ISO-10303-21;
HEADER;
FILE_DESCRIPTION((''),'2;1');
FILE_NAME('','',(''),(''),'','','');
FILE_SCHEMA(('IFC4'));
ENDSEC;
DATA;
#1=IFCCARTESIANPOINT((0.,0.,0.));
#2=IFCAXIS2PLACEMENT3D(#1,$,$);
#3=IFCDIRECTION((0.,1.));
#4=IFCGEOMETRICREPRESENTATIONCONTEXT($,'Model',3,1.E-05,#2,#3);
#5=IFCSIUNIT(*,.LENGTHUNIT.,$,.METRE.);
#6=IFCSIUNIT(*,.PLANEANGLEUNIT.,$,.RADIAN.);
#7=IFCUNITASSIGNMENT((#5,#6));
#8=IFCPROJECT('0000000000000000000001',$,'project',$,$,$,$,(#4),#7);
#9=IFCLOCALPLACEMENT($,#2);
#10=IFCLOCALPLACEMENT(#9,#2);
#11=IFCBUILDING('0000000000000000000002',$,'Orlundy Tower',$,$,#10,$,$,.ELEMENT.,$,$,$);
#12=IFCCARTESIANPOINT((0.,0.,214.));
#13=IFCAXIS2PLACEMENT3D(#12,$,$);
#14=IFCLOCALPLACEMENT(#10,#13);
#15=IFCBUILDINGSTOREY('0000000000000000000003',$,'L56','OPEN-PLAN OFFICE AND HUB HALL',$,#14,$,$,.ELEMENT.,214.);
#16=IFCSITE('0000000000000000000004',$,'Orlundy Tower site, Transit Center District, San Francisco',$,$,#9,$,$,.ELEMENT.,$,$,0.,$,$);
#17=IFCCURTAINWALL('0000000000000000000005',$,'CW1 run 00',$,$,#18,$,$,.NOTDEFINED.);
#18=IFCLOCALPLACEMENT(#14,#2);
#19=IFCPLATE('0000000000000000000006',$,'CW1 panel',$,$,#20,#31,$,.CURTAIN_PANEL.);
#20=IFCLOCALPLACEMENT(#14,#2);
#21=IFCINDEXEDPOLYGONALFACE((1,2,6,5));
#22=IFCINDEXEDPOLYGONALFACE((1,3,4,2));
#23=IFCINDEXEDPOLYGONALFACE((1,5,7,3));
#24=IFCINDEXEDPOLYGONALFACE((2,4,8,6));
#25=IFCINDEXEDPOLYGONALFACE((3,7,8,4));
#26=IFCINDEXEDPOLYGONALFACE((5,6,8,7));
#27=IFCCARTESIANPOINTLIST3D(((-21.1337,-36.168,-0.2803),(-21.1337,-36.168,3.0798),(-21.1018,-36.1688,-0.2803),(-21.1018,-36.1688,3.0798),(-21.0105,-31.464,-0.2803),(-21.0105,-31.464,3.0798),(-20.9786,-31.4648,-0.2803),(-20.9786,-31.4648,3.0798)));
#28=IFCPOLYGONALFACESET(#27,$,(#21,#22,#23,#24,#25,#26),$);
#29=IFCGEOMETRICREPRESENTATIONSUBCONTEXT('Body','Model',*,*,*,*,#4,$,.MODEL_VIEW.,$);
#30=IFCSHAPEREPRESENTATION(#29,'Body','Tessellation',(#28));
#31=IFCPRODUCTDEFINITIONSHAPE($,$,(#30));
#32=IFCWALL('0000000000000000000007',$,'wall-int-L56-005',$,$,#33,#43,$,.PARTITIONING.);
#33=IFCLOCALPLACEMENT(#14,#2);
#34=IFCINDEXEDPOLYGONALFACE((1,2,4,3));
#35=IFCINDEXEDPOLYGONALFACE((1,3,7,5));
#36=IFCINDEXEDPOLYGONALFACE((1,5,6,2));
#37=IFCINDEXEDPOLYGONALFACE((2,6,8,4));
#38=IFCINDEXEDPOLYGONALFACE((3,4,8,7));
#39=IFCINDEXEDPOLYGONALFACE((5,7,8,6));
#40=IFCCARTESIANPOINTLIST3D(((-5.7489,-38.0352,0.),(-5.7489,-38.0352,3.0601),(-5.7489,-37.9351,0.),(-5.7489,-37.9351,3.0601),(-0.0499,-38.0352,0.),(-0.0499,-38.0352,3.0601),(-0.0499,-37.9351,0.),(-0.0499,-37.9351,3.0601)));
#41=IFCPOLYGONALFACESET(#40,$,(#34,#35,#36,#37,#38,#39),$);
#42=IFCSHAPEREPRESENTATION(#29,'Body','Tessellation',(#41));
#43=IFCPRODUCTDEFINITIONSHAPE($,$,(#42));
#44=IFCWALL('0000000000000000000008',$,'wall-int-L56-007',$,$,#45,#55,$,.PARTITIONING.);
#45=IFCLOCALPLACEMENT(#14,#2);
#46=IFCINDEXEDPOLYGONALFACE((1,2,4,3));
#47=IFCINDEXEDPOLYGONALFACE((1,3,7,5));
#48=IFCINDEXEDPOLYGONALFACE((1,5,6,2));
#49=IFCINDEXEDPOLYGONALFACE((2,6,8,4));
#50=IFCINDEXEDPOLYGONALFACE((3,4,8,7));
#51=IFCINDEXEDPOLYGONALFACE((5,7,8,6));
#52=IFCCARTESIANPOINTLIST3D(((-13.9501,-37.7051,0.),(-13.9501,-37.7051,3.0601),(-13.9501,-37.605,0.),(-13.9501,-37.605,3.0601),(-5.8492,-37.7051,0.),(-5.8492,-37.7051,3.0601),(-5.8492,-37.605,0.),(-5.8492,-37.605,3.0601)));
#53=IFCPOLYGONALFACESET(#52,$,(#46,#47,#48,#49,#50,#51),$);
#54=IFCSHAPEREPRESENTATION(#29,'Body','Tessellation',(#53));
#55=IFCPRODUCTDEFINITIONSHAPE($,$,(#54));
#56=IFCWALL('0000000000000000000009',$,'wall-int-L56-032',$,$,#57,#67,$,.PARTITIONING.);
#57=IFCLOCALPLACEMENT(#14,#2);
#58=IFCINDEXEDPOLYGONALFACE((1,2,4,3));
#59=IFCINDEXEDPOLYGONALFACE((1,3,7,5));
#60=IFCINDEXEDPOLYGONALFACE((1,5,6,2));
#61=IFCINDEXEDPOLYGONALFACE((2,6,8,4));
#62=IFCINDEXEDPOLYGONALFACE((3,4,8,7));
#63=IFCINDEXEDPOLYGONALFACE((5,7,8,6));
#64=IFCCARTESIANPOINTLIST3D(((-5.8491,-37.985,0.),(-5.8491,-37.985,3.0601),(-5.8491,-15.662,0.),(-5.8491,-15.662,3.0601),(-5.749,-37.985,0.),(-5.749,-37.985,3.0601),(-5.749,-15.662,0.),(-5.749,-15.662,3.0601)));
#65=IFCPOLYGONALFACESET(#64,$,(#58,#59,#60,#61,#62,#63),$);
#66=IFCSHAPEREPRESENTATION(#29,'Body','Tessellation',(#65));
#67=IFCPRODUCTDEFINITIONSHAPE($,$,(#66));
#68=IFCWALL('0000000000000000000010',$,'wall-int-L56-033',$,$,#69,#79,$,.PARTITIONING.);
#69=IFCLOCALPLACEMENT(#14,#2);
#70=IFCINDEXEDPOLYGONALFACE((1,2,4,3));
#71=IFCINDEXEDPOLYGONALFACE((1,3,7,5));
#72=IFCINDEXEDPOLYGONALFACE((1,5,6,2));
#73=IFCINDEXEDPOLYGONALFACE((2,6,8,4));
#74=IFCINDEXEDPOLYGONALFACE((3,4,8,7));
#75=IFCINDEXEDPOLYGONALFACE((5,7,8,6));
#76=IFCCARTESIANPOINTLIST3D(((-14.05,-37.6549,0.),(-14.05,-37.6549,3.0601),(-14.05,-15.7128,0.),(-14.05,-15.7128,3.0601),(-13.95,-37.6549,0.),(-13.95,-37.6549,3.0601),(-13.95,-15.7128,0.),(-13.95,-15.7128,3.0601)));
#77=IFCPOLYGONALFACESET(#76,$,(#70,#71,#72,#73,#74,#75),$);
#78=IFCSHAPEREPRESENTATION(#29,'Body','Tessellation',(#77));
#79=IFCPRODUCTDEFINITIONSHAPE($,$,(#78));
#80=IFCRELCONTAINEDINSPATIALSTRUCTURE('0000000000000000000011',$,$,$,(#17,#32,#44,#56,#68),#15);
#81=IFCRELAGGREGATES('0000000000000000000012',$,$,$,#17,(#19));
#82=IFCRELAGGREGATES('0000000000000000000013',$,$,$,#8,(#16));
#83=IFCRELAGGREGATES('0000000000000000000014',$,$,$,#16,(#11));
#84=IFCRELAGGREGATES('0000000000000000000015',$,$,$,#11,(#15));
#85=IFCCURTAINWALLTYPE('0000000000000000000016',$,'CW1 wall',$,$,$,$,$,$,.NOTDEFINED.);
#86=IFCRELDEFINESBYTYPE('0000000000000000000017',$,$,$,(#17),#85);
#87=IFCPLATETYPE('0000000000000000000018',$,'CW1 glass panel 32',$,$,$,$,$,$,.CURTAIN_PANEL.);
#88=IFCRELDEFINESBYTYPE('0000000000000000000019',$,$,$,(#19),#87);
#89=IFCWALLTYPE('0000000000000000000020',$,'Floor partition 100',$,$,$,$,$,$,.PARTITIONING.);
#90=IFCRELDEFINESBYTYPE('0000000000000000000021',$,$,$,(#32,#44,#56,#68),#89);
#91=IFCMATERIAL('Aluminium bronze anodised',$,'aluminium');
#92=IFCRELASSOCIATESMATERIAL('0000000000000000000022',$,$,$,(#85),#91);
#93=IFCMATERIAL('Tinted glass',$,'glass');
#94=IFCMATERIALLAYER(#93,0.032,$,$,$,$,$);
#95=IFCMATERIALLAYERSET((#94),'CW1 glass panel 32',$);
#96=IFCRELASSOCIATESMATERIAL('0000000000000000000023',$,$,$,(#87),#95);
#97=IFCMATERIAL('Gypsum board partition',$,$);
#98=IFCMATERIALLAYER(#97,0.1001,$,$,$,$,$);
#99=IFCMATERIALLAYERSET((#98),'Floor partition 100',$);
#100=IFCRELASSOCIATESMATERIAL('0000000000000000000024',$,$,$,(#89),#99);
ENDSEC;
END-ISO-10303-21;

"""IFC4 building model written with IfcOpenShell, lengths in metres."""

from ifc_helpers import new_model, si_unit, direction, frame, frame_2d, origin, origin_2d, place, context, subcontext, project, spatial, rectangle, extrude, material, layer, layer_set, type_object, element, aggregate, save


model = new_model("IFC4")

# Units and contexts
model_context = context("Model", 3, precision=1e-05, world=origin(), true_north=direction((0.0, 1.0)))
body_context = subcontext(model_context, "Body", "Model", "MODEL_VIEW")
ifc_project = project(units=[si_unit("LENGTHUNIT", "METRE"), si_unit("PLANEANGLEUNIT", "RADIAN")], contexts=[model_context])

# Site, building, storey
site_placement = place(None, origin())
site = spatial("IfcSite", under=ifc_project, at=site_placement, Name="Orlundy Tower site, Transit Center District, San Francisco", CompositionType="ELEMENT", RefElevation=0.0)
building_placement = place(site_placement, origin())
building = spatial("IfcBuilding", under=site, at=building_placement, Name="Orlundy Tower", CompositionType="ELEMENT")
storey_placement = place(building_placement, frame((0.0, 0.0, 214.0)))
storey = spatial("IfcBuildingStorey", under=building, at=storey_placement, Name="L56", Description="OPEN-PLAN OFFICE AND HUB HALL", CompositionType="ELEMENT", Elevation=214.0)

# Curtain wall, plate
ifc_material_1 = material(Name="Aluminium bronze anodised", Category="aluminium")
curtain_wall_type = type_object("IfcCurtainWallType", Name="CW1 wall", PredefinedType="NOTDEFINED", material=ifc_material_1)
curtain_wall_placement = place(storey_placement, origin())
curtain_wall = element("IfcCurtainWall", 1, at=curtain_wall_placement, inside=storey, type_object=curtain_wall_type, Name="CW1 run 00", PredefinedType="NOTDEFINED")
ifc_material_2 = material(Name="Tinted glass", Category="glass")
ifc_layer_1 = layer(ifc_material_2, 0.032)
ifc_layer_set_1 = layer_set([ifc_layer_1], Name="CW1 glass panel 32")
plate_type = type_object("IfcPlateType", Name="CW1 glass panel 32", PredefinedType="CURTAIN_PANEL", material=ifc_layer_set_1)
plate_1_placement = place(storey_placement, frame((-21.0562, -33.8164, -0.2803), z_axis=(0.0, 0.0, 1.0), x_axis=(0.02618, 0.999657, 0.0)))
plate_1 = element("IfcPlate", 2, at=plate_1_placement, type_object=plate_type, Name="CW1 panel", PredefinedType="CURTAIN_PANEL", context=body_context, shape_type="SweptSolid", body=[
    extrude(rectangle(XDim=4.7056, YDim=0.032, at=origin_2d()), origin(), (0.0, 0.0, 1.0), 3.3601),
])
aggregate(curtain_wall, [plate_1])

# Walls
ifc_material_3 = material(Name="Gypsum board partition")
ifc_layer_2 = layer(ifc_material_3, 0.1001)
ifc_layer_set_2 = layer_set([ifc_layer_2], Name="Floor partition 100")
wall_type = type_object("IfcWallType", Name="Floor partition 100", PredefinedType="PARTITIONING", material=ifc_layer_set_2)
wall_1_placement = place(storey_placement, frame((-5.749, -37.9851, 0.0), z_axis=(0.0, 0.0, 1.0), x_axis=(1.0, 0.0, 0.0)))
element("IfcWall", 3, at=wall_1_placement, inside=storey, type_object=wall_type, Name="wall-int-L56-005", PredefinedType="PARTITIONING", context=body_context, shape_type="SweptSolid", body=[
    extrude(rectangle(XDim=5.699, YDim=0.1001, at=frame_2d((2.8496, 0.0))), origin(), (0.0, 0.0, 1.0), 3.0601),
])
wall_2_placement = place(storey_placement, frame((-13.95, -37.655, 0.0), z_axis=(0.0, 0.0, 1.0), x_axis=(1.0, 0.0, 0.0)))
element("IfcWall", 4, at=wall_2_placement, inside=storey, type_object=wall_type, Name="wall-int-L56-007", PredefinedType="PARTITIONING", context=body_context, shape_type="SweptSolid", body=[
    extrude(rectangle(XDim=8.1008, YDim=0.1001, at=frame_2d((4.0503, 0.0))), origin(), (0.0, 0.0, 1.0), 3.0601),
])
wall_3_placement = place(storey_placement, frame((-5.7991, -37.9851, 0.0), z_axis=(0.0, 0.0, 1.0), x_axis=(0.0, 1.0, 0.0)))
element("IfcWall", 5, at=wall_3_placement, inside=storey, type_object=wall_type, Name="wall-int-L56-032", PredefinedType="PARTITIONING", context=body_context, shape_type="SweptSolid", body=[
    extrude(rectangle(XDim=22.323, YDim=0.1001, at=frame_2d((11.1616, 0.0))), origin(), (0.0, 0.0, 1.0), 3.0601),
])
wall_4_placement = place(storey_placement, frame((-14.0, -37.655, 0.0), z_axis=(0.0, 0.0, 1.0), x_axis=(0.0, 1.0, 0.0)))
element("IfcWall", 6, at=wall_4_placement, inside=storey, type_object=wall_type, Name="wall-int-L56-033", PredefinedType="PARTITIONING", context=body_context, shape_type="SweptSolid", body=[
    extrude(rectangle(XDim=21.9421, YDim=0.1001, at=frame_2d((10.9712, 0.0))), origin(), (0.0, 0.0, 1.0), 3.0601),
])

save(model, "model.ifc")
